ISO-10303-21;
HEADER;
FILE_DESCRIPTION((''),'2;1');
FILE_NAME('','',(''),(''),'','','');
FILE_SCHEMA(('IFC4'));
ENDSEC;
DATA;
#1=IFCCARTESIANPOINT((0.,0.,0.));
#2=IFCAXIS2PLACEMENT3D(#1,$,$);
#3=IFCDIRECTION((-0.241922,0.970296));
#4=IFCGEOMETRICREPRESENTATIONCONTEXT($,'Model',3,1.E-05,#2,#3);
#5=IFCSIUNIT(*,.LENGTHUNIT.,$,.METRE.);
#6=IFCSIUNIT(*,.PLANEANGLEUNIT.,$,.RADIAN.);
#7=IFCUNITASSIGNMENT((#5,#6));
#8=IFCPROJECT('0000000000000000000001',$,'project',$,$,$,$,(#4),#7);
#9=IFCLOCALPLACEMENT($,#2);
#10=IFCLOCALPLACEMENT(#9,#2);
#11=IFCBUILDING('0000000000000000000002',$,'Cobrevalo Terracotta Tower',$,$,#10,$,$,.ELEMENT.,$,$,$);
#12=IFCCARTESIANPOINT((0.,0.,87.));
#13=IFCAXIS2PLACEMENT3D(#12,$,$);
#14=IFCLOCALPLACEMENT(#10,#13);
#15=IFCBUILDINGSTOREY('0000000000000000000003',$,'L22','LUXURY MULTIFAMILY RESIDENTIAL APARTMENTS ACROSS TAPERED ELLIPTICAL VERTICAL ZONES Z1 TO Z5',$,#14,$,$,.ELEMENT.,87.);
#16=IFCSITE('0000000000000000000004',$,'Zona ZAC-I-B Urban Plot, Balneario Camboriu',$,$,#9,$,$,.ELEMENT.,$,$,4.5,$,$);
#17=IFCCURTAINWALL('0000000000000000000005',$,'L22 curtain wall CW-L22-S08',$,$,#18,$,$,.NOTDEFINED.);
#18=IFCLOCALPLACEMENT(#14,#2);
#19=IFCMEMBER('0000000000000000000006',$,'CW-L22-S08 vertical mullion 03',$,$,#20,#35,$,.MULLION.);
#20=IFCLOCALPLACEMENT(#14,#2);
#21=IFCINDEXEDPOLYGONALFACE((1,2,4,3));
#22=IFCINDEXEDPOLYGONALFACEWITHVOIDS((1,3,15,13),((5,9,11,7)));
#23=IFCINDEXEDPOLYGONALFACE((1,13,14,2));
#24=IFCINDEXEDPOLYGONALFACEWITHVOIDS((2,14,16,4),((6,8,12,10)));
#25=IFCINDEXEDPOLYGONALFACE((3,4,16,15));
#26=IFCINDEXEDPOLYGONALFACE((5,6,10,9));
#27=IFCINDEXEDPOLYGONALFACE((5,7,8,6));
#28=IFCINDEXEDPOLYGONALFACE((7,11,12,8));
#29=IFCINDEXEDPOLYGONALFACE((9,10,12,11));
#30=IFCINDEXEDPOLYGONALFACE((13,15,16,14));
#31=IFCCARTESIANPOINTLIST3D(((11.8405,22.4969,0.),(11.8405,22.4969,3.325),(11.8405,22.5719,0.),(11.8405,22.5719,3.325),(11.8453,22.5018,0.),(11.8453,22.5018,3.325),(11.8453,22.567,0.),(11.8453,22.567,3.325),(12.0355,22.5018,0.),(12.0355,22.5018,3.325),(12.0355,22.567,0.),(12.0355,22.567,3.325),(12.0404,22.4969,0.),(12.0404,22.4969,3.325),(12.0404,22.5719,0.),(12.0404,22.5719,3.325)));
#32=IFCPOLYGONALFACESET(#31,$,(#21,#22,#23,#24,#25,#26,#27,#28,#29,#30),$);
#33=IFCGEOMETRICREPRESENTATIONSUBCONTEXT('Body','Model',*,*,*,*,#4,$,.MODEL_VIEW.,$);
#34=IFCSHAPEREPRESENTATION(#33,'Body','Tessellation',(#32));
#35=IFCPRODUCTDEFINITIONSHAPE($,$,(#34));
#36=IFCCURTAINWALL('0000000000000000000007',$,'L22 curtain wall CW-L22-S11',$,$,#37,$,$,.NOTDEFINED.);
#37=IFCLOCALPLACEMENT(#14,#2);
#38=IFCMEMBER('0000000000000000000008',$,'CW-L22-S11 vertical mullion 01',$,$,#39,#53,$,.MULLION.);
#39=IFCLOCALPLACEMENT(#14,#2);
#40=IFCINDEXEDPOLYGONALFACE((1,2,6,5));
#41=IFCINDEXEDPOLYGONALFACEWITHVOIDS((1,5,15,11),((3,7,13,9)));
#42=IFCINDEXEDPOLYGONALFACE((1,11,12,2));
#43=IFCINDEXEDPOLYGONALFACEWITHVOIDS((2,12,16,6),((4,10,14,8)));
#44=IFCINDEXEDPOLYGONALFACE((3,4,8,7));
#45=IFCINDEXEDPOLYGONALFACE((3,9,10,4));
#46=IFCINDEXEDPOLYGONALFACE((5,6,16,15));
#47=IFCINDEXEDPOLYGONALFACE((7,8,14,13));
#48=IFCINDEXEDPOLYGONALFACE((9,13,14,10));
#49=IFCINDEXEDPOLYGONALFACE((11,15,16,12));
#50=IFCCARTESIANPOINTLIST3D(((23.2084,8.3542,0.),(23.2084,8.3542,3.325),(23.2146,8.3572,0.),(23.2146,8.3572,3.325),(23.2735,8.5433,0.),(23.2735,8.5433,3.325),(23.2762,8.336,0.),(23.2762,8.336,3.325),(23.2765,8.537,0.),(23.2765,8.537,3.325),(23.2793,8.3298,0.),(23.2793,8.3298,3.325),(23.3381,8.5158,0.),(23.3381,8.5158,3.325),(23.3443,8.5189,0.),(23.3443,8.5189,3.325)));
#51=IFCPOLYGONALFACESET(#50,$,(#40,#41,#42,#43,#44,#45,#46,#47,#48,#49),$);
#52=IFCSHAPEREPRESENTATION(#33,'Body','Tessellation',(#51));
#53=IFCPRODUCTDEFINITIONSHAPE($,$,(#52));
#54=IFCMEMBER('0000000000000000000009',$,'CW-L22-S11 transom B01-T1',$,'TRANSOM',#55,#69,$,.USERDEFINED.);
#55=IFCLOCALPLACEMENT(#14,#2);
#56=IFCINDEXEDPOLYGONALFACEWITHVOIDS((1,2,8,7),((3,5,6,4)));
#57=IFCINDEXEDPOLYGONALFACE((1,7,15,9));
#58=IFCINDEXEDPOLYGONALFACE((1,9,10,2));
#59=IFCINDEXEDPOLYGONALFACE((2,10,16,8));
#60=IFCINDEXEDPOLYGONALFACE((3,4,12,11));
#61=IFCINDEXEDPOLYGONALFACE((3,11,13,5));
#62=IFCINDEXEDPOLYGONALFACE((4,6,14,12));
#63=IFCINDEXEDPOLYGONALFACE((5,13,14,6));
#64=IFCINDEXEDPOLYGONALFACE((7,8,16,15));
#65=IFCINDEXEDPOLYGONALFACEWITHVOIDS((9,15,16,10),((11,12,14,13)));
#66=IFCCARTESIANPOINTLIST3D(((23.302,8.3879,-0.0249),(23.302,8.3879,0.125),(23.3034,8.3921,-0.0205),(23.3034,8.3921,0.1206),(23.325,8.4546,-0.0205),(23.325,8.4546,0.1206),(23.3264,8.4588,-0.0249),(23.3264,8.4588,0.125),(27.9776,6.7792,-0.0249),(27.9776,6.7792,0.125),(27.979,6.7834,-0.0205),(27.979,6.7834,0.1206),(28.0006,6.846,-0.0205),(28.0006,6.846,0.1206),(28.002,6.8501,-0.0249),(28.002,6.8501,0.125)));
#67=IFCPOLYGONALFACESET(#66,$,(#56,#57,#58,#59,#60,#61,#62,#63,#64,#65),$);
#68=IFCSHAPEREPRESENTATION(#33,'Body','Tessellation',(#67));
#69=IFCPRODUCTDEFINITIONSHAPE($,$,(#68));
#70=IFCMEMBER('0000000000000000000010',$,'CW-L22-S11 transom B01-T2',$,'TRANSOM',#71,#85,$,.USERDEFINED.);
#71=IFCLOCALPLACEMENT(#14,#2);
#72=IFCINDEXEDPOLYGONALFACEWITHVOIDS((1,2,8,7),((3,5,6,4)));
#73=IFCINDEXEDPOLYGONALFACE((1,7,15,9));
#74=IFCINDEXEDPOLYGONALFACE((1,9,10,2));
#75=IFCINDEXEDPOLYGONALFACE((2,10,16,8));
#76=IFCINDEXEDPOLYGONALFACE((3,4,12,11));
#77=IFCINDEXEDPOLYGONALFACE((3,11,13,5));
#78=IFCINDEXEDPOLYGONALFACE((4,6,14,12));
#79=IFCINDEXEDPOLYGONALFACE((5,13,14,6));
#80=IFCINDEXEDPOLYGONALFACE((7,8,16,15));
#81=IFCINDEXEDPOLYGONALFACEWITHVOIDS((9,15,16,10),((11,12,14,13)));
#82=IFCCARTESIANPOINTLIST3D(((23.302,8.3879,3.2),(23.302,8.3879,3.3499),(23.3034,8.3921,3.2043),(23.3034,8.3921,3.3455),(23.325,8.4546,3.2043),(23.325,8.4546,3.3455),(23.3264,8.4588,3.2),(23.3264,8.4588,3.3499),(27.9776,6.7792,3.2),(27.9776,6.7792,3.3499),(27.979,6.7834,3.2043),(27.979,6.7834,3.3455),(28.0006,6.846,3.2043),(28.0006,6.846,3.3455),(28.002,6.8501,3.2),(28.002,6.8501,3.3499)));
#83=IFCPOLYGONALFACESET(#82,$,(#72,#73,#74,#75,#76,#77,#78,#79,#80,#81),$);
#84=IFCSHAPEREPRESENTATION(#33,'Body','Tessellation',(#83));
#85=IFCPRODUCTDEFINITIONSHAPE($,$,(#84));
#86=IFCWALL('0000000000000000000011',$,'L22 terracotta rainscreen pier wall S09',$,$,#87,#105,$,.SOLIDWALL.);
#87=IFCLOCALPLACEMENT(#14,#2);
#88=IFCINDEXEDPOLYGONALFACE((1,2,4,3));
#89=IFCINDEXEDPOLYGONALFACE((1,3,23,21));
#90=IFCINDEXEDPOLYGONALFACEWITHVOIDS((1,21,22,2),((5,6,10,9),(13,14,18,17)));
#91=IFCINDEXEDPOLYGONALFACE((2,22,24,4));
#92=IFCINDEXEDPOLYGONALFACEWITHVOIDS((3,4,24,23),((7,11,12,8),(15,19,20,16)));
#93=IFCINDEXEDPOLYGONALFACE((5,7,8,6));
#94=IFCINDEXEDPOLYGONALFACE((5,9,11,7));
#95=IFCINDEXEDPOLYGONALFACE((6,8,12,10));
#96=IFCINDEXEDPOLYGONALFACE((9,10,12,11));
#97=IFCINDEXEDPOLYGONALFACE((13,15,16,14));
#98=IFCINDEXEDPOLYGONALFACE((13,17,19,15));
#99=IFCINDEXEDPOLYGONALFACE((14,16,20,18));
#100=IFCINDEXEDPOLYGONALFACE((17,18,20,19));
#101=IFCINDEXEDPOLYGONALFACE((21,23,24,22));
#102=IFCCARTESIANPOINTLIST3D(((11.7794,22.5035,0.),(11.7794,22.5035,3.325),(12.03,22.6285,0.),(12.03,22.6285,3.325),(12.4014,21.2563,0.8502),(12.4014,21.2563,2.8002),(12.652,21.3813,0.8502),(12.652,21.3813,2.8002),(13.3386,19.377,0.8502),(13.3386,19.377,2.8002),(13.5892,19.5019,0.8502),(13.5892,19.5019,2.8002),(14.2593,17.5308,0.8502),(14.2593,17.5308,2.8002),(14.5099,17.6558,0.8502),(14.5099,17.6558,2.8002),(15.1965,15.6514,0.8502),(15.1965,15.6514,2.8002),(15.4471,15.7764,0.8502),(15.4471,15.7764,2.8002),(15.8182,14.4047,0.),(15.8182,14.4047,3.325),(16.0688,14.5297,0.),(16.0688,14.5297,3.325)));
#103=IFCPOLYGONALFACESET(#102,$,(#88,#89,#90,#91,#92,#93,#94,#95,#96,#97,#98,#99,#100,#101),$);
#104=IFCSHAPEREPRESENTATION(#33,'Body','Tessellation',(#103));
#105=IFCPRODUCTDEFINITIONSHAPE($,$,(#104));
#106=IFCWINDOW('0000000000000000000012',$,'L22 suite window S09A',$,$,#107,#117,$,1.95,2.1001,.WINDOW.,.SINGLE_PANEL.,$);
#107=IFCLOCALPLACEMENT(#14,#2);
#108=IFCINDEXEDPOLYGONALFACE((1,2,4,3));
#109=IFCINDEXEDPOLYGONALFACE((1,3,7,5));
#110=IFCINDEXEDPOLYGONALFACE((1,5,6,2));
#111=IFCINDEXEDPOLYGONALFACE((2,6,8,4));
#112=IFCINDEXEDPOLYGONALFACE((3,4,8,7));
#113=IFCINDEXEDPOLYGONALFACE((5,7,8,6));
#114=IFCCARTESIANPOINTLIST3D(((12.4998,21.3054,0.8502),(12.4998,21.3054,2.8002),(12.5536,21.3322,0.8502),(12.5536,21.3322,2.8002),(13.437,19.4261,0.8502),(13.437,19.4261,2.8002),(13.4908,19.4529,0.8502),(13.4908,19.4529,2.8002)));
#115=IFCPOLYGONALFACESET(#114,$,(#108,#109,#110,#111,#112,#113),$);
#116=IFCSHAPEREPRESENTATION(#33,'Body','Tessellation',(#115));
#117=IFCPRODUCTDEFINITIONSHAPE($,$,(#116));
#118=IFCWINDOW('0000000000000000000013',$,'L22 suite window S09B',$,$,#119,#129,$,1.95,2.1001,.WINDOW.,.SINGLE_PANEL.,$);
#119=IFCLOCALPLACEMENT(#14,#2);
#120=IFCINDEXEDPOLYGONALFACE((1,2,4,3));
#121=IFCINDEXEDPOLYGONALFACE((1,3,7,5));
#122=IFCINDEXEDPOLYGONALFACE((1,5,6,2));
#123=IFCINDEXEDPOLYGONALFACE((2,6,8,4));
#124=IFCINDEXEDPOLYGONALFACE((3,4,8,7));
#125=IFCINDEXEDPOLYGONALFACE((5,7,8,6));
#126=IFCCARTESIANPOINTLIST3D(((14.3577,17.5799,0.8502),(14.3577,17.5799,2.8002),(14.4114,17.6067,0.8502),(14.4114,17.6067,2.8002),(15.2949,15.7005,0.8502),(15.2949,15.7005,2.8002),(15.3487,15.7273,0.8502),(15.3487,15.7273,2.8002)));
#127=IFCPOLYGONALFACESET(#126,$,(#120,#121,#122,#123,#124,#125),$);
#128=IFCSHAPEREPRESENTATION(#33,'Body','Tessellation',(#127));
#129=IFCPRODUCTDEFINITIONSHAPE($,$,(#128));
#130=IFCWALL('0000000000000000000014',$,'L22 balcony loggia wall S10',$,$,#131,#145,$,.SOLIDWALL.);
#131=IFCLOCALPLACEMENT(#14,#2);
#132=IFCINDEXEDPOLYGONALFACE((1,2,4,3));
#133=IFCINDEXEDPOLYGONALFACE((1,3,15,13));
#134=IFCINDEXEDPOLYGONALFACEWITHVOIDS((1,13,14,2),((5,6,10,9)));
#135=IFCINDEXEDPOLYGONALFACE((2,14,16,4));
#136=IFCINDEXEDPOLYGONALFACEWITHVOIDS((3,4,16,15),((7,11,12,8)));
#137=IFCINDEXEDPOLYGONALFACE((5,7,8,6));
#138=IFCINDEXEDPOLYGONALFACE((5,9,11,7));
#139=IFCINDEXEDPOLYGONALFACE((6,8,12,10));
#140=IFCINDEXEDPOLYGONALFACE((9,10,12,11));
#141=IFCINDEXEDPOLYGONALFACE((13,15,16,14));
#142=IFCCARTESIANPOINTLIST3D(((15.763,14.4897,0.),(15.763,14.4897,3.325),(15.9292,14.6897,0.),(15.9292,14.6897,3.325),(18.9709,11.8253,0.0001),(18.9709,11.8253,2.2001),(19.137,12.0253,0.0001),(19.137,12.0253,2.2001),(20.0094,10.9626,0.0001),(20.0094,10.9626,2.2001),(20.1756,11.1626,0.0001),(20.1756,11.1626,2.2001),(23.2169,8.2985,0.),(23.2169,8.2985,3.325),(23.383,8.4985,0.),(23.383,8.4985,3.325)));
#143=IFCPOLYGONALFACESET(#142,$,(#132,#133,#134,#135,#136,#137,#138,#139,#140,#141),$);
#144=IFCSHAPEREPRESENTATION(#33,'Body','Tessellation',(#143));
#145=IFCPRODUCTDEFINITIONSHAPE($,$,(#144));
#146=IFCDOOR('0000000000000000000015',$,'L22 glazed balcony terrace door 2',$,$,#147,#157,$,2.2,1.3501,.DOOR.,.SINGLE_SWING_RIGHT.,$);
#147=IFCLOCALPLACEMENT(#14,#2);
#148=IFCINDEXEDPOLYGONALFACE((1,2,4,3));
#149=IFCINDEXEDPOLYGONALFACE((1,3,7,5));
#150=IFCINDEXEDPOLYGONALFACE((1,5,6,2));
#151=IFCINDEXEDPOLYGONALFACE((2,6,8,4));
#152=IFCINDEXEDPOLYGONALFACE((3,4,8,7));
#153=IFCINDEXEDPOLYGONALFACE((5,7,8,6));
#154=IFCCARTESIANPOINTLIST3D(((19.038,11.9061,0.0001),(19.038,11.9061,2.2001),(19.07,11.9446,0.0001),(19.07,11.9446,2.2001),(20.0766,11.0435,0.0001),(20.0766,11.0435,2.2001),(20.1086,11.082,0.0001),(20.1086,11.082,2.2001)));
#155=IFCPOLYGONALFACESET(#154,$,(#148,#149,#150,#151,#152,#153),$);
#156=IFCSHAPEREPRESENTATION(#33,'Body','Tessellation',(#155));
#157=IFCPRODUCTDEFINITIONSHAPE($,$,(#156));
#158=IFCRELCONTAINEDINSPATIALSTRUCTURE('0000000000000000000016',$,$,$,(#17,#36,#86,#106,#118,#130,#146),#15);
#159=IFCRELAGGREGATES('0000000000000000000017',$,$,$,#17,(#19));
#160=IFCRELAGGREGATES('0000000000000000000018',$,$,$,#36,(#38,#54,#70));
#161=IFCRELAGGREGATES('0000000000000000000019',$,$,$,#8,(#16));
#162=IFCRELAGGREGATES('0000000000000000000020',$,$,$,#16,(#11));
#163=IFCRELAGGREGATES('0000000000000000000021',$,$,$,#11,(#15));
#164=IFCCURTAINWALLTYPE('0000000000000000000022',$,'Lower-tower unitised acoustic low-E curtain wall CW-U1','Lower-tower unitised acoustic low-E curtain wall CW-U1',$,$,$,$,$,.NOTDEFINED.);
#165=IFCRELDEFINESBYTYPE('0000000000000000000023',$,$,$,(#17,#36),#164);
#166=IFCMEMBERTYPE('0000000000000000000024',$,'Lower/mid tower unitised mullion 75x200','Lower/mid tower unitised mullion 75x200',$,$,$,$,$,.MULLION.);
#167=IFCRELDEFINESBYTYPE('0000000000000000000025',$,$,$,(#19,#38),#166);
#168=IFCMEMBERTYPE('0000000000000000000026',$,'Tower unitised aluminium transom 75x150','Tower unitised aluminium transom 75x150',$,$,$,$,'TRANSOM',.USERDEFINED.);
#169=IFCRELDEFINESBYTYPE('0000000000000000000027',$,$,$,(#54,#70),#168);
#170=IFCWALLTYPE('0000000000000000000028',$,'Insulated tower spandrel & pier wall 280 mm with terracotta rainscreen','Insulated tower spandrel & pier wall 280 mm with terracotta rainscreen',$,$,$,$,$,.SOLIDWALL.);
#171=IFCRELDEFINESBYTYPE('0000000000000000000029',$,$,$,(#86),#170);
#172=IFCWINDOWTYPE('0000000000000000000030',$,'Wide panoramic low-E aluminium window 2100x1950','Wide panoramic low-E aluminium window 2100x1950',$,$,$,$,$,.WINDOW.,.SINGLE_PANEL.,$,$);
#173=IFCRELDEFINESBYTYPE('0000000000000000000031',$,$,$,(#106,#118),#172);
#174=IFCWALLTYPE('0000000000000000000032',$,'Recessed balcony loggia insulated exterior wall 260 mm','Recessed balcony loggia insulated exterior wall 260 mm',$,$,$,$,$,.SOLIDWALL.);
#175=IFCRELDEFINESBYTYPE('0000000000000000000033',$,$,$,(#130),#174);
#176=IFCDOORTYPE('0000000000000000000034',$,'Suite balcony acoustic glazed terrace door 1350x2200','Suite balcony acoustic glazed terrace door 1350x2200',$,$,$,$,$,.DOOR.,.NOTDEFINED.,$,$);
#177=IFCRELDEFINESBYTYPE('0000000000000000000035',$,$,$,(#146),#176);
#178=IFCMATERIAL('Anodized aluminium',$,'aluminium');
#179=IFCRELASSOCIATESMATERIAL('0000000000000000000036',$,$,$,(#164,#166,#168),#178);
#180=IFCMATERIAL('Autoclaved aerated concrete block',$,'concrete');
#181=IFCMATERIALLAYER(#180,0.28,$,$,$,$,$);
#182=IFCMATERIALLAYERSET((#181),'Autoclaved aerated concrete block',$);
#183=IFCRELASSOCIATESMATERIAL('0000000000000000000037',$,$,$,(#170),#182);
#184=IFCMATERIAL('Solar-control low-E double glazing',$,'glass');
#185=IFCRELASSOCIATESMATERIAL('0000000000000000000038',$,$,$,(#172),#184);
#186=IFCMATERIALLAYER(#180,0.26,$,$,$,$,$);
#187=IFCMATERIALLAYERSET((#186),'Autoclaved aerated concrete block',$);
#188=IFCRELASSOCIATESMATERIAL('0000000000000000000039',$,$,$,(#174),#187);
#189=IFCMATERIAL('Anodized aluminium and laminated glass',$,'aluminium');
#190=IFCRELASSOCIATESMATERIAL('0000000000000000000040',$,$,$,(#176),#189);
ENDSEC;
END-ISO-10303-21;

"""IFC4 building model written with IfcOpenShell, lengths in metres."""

from ifc_helpers import new_model, si_unit, direction, frame, frame_2d, origin, origin_2d, place, context, subcontext, project, spatial, rectangle, hollow_rectangle, extrude, source, transform, mapped, material, layer, layer_set, material_profile, profile_set, type_object, element, fill, aggregate, save


model = new_model("IFC4")

# Units and contexts
model_context = context("Model", 3, precision=1e-05, world=origin(), true_north=direction((-0.241922, 0.970296)))
body_context = subcontext(model_context, "Body", "Model", "MODEL_VIEW")
ifc_project = project(units=[si_unit("LENGTHUNIT", "METRE"), si_unit("PLANEANGLEUNIT", "RADIAN")], contexts=[model_context])

# Site, building, storey
site_placement = place(None, origin())
site = spatial("IfcSite", under=ifc_project, at=site_placement, Name="Zona ZAC-I-B Urban Plot, Balneario Camboriu", CompositionType="ELEMENT", RefElevation=4.5)
building_placement = place(site_placement, origin())
building = spatial("IfcBuilding", under=site, at=building_placement, Name="Cobrevalo Terracotta Tower", CompositionType="ELEMENT")
storey_placement = place(building_placement, frame((0.0, 0.0, 87.0)))
storey = spatial("IfcBuildingStorey", under=building, at=storey_placement, Name="L22", Description="LUXURY MULTIFAMILY RESIDENTIAL APARTMENTS ACROSS TAPERED ELLIPTICAL VERTICAL ZONES Z1 TO Z5", CompositionType="ELEMENT", Elevation=87.0)

# Curtain wall, member
ifc_material_1 = material(Name="Anodized aluminium", Category="aluminium")
curtain_wall_type = type_object("IfcCurtainWallType", Name="Lower-tower unitised acoustic low-E curtain wall CW-U1", Description="Lower-tower unitised acoustic low-E curtain wall CW-U1", PredefinedType="NOTDEFINED", material=ifc_material_1)
curtain_wall_1_placement = place(storey_placement, origin())
curtain_wall_1 = element("IfcCurtainWall", 1, at=curtain_wall_1_placement, inside=storey, type_object=curtain_wall_type, Name="L22 curtain wall CW-L22-S08", PredefinedType="NOTDEFINED")
ifc_material_profile_1 = material_profile(ifc_material_1, hollow_rectangle(XDim=0.075, YDim=0.2, WallThickness=0.0049, at=origin_2d()), Name="CWM 75x200")
ifc_profile_set_1 = profile_set([ifc_material_profile_1], Name="Anodized aluminium")
member_type_1 = type_object("IfcMemberType", Name="Lower/mid tower unitised mullion 75x200", Description="Lower/mid tower unitised mullion 75x200", PredefinedType="MULLION", material=ifc_profile_set_1)
shared_shape_1 = source(origin(), body_context, "Body", "SweptSolid", [
    extrude(hollow_rectangle(XDim=0.075, YDim=0.2, WallThickness=0.0049, at=origin_2d()), origin(), (0.0, 0.0, 1.0), 3.325),
])
member_1_placement = place(storey_placement, frame((11.9404, 22.5344, 0.0), z_axis=(0.0, 0.0, 1.0), x_axis=(0.0, -1.0, 0.0)))
member_1 = element("IfcMember", 2, at=member_1_placement, type_object=member_type_1, Name="CW-L22-S08 vertical mullion 03", PredefinedType="MULLION", context=body_context, shape_type="MappedRepresentation", body=[
    mapped(shared_shape_1, transform((0.0, 0.0, 0.0), scale=1.0)),
])
aggregate(curtain_wall_1, [member_1])

# Curtain wall, members
curtain_wall_2_placement = place(storey_placement, origin())
curtain_wall_2 = element("IfcCurtainWall", 3, at=curtain_wall_2_placement, inside=storey, type_object=curtain_wall_type, Name="L22 curtain wall CW-L22-S11", PredefinedType="NOTDEFINED")
member_2_placement = place(storey_placement, frame((23.2764, 8.4365, 0.0), z_axis=(0.0, 0.0, 1.0), x_axis=(0.945598, -0.325337, 0.0)))
member_2 = element("IfcMember", 4, at=member_2_placement, type_object=member_type_1, Name="CW-L22-S11 vertical mullion 01", PredefinedType="MULLION", context=body_context, shape_type="MappedRepresentation", body=[
    mapped(shared_shape_1, transform((0.0, 0.0, 0.0), scale=1.0)),
])
ifc_material_profile_2 = material_profile(ifc_material_1, hollow_rectangle(XDim=0.075, YDim=0.1499, WallThickness=0.0044, at=origin_2d()), Name="CWT 75x150")
ifc_profile_set_2 = profile_set([ifc_material_profile_2], Name="Anodized aluminium")
member_type_2 = type_object("IfcMemberType", Name="Tower unitised aluminium transom 75x150", Description="Tower unitised aluminium transom 75x150", ElementType="TRANSOM", PredefinedType="USERDEFINED", material=ifc_profile_set_2)
shared_shape_2 = source(origin(), body_context, "Body", "SweptSolid", [
    extrude(hollow_rectangle(XDim=0.075, YDim=0.1499, WallThickness=0.0044, at=origin_2d()), origin(), (0.0, 0.0, 1.0), 4.9446),
])
member_3_placement = place(storey_placement, frame((23.3142, 8.4233, 0.05), z_axis=(0.945598, -0.325338, 0.0), x_axis=(0.325338, 0.945598, 0.0)))
member_3 = element("IfcMember", 5, at=member_3_placement, type_object=member_type_2, Name="CW-L22-S11 transom B01-T1", ObjectType="TRANSOM", PredefinedType="USERDEFINED", context=body_context, shape_type="MappedRepresentation", body=[
    mapped(shared_shape_2, transform((0.0, 0.0, 0.0), scale=1.0)),
])
member_4_placement = place(storey_placement, frame((23.3142, 8.4233, 3.2749), z_axis=(0.945598, -0.325338, 0.0), x_axis=(0.325338, 0.945598, 0.0)))
member_4 = element("IfcMember", 6, at=member_4_placement, type_object=member_type_2, Name="CW-L22-S11 transom B01-T2", ObjectType="TRANSOM", PredefinedType="USERDEFINED", context=body_context, shape_type="MappedRepresentation", body=[
    mapped(shared_shape_2, transform((0.0, 0.0, 0.0), scale=1.0)),
])
aggregate(curtain_wall_2, [member_2, member_3, member_4])

# Wall, openings, windows
ifc_material_2 = material(Name="Autoclaved aerated concrete block", Category="concrete")
ifc_layer_1 = layer(ifc_material_2, 0.28)
ifc_layer_set_1 = layer_set([ifc_layer_1], Name="Autoclaved aerated concrete block")
wall_type_1 = type_object("IfcWallType", Name="Insulated tower spandrel & pier wall 280 mm with terracotta rainscreen", Description="Insulated tower spandrel & pier wall 280 mm with terracotta rainscreen", PredefinedType="SOLIDWALL", material=ifc_layer_set_1)
wall_1_placement = place(storey_placement, frame((11.9048, 22.5659, 0.0), z_axis=(0.0, 0.0, 1.0), x_axis=(0.446275, -0.894896, 0.0)))
wall_1 = element("IfcWall", 7, at=wall_1_placement, inside=storey, type_object=wall_type_1, Name="L22 terracotta rainscreen pier wall S09", PredefinedType="SOLIDWALL", context=body_context, shape_type="SweptSolid", body=[
    extrude(rectangle(XDim=9.05, YDim=0.28, at=frame_2d((4.5249, 0.0))), origin(), (0.0, 0.0, 1.0), 3.325),
])
opening_1_placement = place(wall_1_placement, frame((1.3936, 0.0, 0.8501)))
opening_1 = element("IfcOpeningElement", 8, at=opening_1_placement, cuts=wall_1, PredefinedType="OPENING", context=body_context, shape_type="SweptSolid", body=[
    extrude(rectangle(XDim=2.1001, YDim=1.95, at=frame_2d((1.05, 0.9751))), frame((0.0, 0.1499, 0.0), z_axis=(0.0, -1.0, 0.0), x_axis=(1.0, 0.0, 0.0)), (0.0, 0.0, 1.0), 0.3),
])
opening_2_placement = place(wall_1_placement, frame((5.5566, 0.0, 0.8501)))
opening_2 = element("IfcOpeningElement", 9, at=opening_2_placement, cuts=wall_1, PredefinedType="OPENING", context=body_context, shape_type="SweptSolid", body=[
    extrude(rectangle(XDim=2.1001, YDim=1.95, at=frame_2d((1.05, 0.9751))), frame((0.0, 0.1499, 0.0), z_axis=(0.0, -1.0, 0.0), x_axis=(1.0, 0.0, 0.0)), (0.0, 0.0, 1.0), 0.3),
])
ifc_material_3 = material(Name="Solar-control low-E double glazing", Category="glass")
window_type = type_object("IfcWindowType", Name="Wide panoramic low-E aluminium window 2100x1950", Description="Wide panoramic low-E aluminium window 2100x1950", PartitioningType="SINGLE_PANEL", PredefinedType="WINDOW", material=ifc_material_3)
shared_shape_3 = source(origin(), body_context, "Body", "SweptSolid", [
    extrude(rectangle(XDim=2.1001, YDim=1.95, at=frame_2d((1.05, 0.9751))), frame((0.0, 0.03, 0.0), z_axis=(0.0, -1.0, 0.0), x_axis=(1.0, 0.0, 0.0)), (0.0, 0.0, 1.0), 0.0601),
])
window_1_placement = place(opening_1_placement, origin())
window_1 = element("IfcWindow", 10, at=window_1_placement, inside=storey, type_object=window_type, Name="L22 suite window S09A", OverallHeight=1.95, OverallWidth=2.1001, PartitioningType="SINGLE_PANEL", PredefinedType="WINDOW", context=body_context, shape_type="MappedRepresentation", body=[
    mapped(shared_shape_3, transform((0.0, 0.0, 0.0), scale=1.0)),
])
fill(opening_1, window_1)
window_2_placement = place(opening_2_placement, origin())
window_2 = element("IfcWindow", 11, at=window_2_placement, inside=storey, type_object=window_type, Name="L22 suite window S09B", OverallHeight=1.95, OverallWidth=2.1001, PartitioningType="SINGLE_PANEL", PredefinedType="WINDOW", context=body_context, shape_type="MappedRepresentation", body=[
    mapped(shared_shape_3, transform((0.0, 0.0, 0.0), scale=1.0)),
])
fill(opening_2, window_2)

# Wall, opening, door
ifc_layer_2 = layer(ifc_material_2, 0.26)
ifc_layer_set_2 = layer_set([ifc_layer_2], Name="Autoclaved aerated concrete block")
wall_type_2 = type_object("IfcWallType", Name="Recessed balcony loggia insulated exterior wall 260 mm", Description="Recessed balcony loggia insulated exterior wall 260 mm", PredefinedType="SOLIDWALL", material=ifc_layer_set_2)
wall_2_placement = place(storey_placement, frame((15.8462, 14.5896, 0.0), z_axis=(0.0, 0.0, 1.0), x_axis=(0.769255, -0.638942, 0.0)))
wall_2 = element("IfcWall", 12, at=wall_2_placement, inside=storey, type_object=wall_type_2, Name="L22 balcony loggia wall S10", PredefinedType="SOLIDWALL", context=body_context, shape_type="SweptSolid", body=[
    extrude(rectangle(XDim=9.6897, YDim=0.26, at=frame_2d((4.8447, 0.0))), origin(), (0.0, 0.0, 1.0), 3.325),
])
opening_3_placement = place(wall_2_placement, frame((4.1699, 0.0, 0.0)))
opening_3 = element("IfcOpeningElement", 13, at=opening_3_placement, cuts=wall_2, PredefinedType="OPENING", context=body_context, shape_type="SweptSolid", body=[
    extrude(rectangle(XDim=1.3501, YDim=2.2, at=frame_2d((0.675, 1.1001))), frame((0.0, 0.1401, 0.0), z_axis=(0.0, -1.0, 0.0), x_axis=(1.0, 0.0, 0.0)), (0.0, 0.0, 1.0), 0.28),
])
ifc_material_4 = material(Name="Anodized aluminium and laminated glass", Category="aluminium")
door_type_1 = type_object("IfcDoorType", Name="Suite balcony acoustic glazed terrace door 1350x2200", Description="Suite balcony acoustic glazed terrace door 1350x2200", OperationType="NOTDEFINED", PredefinedType="DOOR", material=ifc_material_4)
shared_shape_4 = source(origin(), body_context, "Body", "SweptSolid", [
    extrude(rectangle(XDim=1.3501, YDim=2.2, at=frame_2d((0.675, 1.1001))), frame((0.0, 0.0249, 0.0), z_axis=(0.0, -1.0, 0.0), x_axis=(1.0, 0.0, 0.0)), (0.0, 0.0, 1.0), 0.05),
])
door_1_placement = place(opening_3_placement, frame((1.3501, 0.0, 0.0), z_axis=(0.0, 0.0, 1.0), x_axis=(-1.0, 0.0, 0.0)))
door_1 = element("IfcDoor", 14, at=door_1_placement, inside=storey, type_object=door_type_1, Name="L22 glazed balcony terrace door 2", OperationType="SINGLE_SWING_RIGHT", OverallHeight=2.2, OverallWidth=1.3501, PredefinedType="DOOR", context=body_context, shape_type="MappedRepresentation", body=[
    mapped(shared_shape_4, transform((0.0, 0.0, 0.0), scale=1.0)),
])
fill(opening_3, door_1)

save(model, "model.ifc")
